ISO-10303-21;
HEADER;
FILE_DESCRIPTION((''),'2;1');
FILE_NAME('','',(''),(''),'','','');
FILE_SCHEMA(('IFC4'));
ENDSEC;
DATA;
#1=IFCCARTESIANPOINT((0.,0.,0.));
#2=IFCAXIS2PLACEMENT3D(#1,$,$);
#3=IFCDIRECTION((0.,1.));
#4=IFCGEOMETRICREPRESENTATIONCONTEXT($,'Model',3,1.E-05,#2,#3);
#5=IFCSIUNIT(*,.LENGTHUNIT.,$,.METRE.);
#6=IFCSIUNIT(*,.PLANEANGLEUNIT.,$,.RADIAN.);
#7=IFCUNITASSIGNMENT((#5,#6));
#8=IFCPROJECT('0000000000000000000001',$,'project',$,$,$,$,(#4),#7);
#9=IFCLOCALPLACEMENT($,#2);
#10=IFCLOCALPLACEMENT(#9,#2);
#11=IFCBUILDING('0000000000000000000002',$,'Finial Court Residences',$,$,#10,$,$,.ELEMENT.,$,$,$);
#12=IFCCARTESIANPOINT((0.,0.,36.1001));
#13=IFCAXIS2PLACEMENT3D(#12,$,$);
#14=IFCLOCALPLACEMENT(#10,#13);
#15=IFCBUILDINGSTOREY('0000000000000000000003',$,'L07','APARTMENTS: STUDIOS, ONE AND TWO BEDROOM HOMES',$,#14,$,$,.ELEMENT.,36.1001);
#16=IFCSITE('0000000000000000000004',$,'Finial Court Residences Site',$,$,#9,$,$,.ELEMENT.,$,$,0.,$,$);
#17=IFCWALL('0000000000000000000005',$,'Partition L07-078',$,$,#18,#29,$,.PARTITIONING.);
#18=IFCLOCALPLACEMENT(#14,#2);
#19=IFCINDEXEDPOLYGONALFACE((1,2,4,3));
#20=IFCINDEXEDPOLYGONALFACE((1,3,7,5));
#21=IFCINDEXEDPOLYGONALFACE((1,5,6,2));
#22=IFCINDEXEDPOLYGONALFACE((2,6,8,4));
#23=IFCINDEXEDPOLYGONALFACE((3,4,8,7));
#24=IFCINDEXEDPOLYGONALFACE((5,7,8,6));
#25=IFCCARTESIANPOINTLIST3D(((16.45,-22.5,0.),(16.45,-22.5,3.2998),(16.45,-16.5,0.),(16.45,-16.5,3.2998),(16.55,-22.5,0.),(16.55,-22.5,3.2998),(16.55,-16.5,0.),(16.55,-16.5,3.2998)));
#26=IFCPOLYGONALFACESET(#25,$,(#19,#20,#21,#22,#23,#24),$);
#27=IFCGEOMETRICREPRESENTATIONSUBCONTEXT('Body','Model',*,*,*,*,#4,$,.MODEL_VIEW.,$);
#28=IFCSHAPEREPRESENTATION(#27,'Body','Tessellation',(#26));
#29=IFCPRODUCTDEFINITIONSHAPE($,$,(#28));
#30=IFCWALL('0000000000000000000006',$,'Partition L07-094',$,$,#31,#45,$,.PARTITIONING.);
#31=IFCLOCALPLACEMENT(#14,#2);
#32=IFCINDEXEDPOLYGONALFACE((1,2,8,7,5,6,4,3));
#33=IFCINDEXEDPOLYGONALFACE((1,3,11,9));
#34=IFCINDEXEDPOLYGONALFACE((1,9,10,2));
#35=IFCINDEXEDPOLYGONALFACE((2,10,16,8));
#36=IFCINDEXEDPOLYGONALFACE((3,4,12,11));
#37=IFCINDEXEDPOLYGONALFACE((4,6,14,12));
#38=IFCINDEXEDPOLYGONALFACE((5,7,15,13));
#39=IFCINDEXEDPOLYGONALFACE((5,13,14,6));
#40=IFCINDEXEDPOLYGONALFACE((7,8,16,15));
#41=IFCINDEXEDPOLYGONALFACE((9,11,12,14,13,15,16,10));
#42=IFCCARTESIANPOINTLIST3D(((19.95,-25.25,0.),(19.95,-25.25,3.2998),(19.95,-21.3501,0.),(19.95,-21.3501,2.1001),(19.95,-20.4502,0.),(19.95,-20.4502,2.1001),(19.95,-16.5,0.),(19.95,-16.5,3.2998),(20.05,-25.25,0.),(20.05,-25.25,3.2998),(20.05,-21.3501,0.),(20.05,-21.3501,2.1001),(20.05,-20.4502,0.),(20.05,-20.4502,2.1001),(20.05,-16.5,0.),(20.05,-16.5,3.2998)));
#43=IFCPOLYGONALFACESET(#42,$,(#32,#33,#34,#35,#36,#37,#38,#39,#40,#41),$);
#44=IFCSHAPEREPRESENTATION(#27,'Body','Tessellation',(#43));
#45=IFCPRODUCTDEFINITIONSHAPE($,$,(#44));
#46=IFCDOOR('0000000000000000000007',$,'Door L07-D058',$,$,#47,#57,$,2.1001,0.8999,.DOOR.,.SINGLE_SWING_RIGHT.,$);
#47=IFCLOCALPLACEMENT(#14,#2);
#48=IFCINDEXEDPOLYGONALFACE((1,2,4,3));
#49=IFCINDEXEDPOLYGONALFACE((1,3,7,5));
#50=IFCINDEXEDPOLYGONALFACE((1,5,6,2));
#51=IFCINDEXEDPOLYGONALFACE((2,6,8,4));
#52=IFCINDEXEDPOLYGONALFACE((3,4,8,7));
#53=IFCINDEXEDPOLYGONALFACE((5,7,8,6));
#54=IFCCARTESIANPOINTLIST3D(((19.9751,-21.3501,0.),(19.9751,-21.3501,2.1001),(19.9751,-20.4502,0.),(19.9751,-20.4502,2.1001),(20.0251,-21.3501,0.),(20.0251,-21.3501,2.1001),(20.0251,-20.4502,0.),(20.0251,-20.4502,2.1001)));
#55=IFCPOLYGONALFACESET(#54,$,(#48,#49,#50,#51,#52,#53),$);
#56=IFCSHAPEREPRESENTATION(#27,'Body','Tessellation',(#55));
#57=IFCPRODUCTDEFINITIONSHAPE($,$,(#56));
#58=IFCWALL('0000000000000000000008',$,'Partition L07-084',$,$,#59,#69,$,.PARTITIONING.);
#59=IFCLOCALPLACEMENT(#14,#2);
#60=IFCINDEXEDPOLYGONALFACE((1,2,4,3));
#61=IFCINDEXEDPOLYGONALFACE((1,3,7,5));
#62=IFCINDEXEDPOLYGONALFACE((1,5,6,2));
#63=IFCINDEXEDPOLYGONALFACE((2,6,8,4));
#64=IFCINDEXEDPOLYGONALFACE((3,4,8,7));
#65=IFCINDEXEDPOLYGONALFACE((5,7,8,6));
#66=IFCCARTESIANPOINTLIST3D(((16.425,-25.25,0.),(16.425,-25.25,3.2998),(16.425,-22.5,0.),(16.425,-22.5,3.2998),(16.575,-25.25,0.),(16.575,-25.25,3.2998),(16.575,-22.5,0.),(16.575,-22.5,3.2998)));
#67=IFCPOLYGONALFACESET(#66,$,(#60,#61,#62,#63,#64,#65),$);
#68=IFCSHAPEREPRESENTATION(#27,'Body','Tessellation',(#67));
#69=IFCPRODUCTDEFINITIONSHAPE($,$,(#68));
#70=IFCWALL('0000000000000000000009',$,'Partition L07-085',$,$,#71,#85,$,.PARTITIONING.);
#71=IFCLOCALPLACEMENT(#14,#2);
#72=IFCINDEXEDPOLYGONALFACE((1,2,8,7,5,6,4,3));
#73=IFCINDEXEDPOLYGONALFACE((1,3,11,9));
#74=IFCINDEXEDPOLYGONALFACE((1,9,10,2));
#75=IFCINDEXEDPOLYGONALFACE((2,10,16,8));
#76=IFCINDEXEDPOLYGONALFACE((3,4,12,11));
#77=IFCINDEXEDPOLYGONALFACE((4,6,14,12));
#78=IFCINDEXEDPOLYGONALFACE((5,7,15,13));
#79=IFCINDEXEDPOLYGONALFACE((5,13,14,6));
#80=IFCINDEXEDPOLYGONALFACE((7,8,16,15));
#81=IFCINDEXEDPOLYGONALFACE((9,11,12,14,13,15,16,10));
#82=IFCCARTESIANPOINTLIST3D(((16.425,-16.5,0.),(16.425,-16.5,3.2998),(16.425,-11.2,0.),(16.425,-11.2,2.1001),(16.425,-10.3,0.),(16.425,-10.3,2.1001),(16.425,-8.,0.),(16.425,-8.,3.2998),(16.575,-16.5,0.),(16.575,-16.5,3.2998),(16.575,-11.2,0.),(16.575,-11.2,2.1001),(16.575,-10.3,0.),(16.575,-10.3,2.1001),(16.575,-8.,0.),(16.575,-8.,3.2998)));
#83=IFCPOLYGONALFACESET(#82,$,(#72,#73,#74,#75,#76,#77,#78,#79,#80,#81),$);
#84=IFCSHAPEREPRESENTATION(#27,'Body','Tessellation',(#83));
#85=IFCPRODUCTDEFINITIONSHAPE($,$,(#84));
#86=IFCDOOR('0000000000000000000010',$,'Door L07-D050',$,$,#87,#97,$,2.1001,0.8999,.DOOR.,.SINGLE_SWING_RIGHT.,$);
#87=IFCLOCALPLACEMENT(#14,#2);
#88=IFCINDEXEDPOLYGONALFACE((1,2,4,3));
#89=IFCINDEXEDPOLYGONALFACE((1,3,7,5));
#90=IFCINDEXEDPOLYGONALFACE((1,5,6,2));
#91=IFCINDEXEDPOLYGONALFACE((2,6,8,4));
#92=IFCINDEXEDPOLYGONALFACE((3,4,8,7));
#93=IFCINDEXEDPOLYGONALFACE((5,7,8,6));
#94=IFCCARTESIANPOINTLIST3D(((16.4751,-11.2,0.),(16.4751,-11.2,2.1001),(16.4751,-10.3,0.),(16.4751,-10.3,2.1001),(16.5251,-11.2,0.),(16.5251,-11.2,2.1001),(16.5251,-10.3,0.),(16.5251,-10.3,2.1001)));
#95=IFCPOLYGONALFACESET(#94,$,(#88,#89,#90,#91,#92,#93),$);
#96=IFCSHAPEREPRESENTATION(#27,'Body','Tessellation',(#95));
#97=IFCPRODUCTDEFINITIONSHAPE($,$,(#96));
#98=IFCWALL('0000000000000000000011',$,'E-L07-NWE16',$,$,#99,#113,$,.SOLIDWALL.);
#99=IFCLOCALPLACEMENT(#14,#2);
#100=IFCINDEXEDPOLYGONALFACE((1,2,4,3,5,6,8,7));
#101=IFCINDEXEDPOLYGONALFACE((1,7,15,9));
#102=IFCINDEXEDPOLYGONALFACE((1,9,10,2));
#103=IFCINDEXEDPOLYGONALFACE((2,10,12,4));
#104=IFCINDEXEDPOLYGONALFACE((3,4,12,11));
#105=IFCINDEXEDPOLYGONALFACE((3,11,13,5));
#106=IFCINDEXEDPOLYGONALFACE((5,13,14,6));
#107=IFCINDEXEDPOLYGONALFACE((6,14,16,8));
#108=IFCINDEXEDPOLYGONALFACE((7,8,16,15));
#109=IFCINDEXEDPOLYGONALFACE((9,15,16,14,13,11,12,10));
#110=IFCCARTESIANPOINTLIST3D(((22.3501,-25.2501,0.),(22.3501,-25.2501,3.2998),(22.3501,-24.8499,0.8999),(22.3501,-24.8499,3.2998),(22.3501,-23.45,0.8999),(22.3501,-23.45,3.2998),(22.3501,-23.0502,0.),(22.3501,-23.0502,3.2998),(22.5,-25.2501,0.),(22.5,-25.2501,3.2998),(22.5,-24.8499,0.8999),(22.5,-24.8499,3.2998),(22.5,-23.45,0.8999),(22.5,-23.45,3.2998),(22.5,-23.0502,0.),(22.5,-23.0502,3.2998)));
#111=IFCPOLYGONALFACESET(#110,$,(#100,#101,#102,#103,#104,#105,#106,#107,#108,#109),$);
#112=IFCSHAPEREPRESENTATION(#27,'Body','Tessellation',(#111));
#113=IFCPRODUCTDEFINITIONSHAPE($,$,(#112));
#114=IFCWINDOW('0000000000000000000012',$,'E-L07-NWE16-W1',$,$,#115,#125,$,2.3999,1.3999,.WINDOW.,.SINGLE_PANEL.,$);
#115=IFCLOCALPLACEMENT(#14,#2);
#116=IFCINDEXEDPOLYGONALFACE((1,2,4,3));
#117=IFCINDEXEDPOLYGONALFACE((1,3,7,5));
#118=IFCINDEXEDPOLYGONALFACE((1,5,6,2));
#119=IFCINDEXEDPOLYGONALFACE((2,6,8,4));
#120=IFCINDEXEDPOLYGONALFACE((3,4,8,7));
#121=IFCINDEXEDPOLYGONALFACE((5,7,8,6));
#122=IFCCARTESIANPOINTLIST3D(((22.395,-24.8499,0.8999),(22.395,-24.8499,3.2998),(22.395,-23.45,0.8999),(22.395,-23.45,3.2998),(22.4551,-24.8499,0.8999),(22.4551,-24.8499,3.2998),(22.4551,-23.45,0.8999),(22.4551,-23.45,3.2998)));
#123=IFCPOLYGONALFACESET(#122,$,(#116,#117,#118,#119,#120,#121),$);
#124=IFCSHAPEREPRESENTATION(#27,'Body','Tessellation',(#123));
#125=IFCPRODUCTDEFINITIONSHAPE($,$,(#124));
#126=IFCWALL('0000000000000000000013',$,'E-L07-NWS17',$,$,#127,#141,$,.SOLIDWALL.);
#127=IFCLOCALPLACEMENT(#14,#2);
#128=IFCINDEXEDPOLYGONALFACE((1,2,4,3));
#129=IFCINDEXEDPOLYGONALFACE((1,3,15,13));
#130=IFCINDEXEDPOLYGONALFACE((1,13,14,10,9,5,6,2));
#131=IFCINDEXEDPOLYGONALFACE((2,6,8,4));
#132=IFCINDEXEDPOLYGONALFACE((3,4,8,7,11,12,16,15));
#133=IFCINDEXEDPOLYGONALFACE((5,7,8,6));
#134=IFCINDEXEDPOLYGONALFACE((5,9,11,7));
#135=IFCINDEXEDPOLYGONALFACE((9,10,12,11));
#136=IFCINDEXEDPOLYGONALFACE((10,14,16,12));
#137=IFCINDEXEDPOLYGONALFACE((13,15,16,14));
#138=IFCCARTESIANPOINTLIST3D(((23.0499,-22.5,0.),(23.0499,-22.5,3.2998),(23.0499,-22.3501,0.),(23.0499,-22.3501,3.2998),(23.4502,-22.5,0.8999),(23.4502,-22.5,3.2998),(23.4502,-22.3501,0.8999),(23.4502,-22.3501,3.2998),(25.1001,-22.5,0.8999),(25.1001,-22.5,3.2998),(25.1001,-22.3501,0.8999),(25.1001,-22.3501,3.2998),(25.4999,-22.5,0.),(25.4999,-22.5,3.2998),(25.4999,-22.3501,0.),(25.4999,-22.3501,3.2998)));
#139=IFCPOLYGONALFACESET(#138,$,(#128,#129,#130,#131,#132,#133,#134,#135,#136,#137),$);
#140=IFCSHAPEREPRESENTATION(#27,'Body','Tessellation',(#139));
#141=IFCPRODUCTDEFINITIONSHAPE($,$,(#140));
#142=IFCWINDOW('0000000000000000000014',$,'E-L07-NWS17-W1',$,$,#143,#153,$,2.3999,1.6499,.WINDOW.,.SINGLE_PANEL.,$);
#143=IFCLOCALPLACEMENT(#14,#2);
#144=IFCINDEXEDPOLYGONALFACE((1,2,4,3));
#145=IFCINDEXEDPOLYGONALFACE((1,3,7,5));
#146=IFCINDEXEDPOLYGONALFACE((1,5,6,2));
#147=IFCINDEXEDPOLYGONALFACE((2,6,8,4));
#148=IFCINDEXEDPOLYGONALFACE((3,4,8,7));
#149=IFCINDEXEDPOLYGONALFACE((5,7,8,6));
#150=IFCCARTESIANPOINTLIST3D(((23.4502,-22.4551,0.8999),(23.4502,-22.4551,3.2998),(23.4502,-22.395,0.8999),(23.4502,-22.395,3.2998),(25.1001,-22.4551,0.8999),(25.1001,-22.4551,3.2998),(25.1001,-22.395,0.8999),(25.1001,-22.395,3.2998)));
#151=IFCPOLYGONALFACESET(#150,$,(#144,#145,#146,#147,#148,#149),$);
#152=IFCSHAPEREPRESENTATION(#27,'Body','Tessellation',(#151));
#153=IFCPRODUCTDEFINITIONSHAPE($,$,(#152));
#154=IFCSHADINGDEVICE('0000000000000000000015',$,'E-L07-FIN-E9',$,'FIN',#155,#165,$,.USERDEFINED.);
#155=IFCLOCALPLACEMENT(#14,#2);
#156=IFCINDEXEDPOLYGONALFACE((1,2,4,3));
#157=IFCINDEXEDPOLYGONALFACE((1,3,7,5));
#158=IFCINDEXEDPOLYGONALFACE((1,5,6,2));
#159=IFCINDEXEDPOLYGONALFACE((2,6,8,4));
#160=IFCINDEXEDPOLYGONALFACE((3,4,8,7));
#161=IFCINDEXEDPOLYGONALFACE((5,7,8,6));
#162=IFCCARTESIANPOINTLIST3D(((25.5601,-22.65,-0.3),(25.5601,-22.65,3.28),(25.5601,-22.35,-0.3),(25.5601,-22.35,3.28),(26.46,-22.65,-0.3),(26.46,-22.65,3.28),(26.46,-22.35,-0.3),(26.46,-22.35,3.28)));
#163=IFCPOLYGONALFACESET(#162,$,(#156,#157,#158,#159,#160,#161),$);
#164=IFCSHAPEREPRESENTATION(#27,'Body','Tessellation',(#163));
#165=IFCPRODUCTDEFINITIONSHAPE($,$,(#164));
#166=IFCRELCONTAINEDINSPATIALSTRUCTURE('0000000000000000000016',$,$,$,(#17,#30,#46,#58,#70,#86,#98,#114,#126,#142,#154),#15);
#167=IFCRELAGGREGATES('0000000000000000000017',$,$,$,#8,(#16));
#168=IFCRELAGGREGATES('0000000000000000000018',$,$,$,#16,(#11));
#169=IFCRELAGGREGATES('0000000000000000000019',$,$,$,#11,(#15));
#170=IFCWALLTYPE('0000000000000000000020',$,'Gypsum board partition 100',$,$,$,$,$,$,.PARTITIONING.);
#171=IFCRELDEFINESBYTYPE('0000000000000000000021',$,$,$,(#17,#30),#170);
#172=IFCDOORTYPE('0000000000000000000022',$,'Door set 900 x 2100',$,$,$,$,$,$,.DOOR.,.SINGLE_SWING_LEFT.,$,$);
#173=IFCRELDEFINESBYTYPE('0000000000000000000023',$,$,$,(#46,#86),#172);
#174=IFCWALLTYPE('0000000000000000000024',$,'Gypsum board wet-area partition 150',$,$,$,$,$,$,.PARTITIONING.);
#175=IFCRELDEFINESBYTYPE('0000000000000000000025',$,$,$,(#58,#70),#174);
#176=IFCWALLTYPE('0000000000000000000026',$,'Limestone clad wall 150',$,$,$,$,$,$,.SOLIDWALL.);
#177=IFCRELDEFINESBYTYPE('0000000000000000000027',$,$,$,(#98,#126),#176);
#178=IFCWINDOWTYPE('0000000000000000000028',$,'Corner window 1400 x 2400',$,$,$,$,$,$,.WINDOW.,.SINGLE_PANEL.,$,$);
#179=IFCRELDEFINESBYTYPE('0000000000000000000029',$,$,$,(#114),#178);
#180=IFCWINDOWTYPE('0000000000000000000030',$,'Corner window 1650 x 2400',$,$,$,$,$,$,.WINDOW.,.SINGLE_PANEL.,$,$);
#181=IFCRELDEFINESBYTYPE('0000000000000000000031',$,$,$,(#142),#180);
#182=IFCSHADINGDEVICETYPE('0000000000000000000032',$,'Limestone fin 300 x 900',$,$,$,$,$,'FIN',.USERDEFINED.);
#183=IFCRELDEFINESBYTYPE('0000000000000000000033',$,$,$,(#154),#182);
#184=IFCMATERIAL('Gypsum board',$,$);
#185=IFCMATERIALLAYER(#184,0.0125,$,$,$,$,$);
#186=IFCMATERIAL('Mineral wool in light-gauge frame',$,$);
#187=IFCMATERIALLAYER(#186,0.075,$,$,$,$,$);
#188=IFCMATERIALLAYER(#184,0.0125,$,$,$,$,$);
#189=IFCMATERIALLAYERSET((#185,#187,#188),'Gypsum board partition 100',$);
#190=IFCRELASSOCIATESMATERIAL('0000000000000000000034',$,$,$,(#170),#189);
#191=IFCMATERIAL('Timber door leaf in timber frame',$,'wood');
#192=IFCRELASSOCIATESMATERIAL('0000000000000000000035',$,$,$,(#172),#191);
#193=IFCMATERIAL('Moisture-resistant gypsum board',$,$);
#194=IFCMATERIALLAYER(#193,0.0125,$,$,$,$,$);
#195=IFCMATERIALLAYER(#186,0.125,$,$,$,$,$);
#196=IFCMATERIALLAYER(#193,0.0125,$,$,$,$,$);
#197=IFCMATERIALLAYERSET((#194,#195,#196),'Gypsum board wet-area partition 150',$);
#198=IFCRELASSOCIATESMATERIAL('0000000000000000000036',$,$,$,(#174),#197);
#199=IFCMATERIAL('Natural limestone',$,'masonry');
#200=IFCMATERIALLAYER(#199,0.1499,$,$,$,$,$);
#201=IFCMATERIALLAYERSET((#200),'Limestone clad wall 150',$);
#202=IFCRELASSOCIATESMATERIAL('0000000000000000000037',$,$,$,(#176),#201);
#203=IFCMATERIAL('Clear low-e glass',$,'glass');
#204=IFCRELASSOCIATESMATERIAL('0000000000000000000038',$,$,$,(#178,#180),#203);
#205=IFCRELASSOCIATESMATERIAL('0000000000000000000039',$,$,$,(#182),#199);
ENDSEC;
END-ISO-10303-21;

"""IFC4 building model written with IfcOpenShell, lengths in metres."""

from ifc_helpers import new_model, si_unit, direction, frame, frame_2d, origin, origin_2d, place, context, subcontext, project, spatial, rectangle, extrude, material, layer, layer_set, type_object, element, fill, save


model = new_model("IFC4")

# Units and contexts
model_context = context("Model", 3, precision=1e-05, world=origin(), true_north=direction((0.0, 1.0)))
body_context = subcontext(model_context, "Body", "Model", "MODEL_VIEW")
ifc_project = project(units=[si_unit("LENGTHUNIT", "METRE"), si_unit("PLANEANGLEUNIT", "RADIAN")], contexts=[model_context])

# Site, building, storey
site_placement = place(None, origin())
site = spatial("IfcSite", under=ifc_project, at=site_placement, Name="Finial Court Residences Site", CompositionType="ELEMENT", RefElevation=0.0)
building_placement = place(site_placement, origin())
building = spatial("IfcBuilding", under=site, at=building_placement, Name="Finial Court Residences", CompositionType="ELEMENT")
storey_placement = place(building_placement, frame((0.0, 0.0, 36.1001)))
storey = spatial("IfcBuildingStorey", under=building, at=storey_placement, Name="L07", Description="APARTMENTS: STUDIOS, ONE AND TWO BEDROOM HOMES", CompositionType="ELEMENT", Elevation=36.1001)

# Shared definitions
ifc_material_1 = material(Name="Clear low-e glass", Category="glass")

# Wall
ifc_material_2 = material(Name="Gypsum board")
ifc_layer_1 = layer(ifc_material_2, 0.0125)
ifc_material_3 = material(Name="Mineral wool in light-gauge frame")
ifc_layer_2 = layer(ifc_material_3, 0.075)
ifc_layer_3 = layer(ifc_material_2, 0.0125)
ifc_layer_set_1 = layer_set([ifc_layer_1, ifc_layer_2, ifc_layer_3], Name="Gypsum board partition 100")
wall_type_1 = type_object("IfcWallType", Name="Gypsum board partition 100", PredefinedType="PARTITIONING", material=ifc_layer_set_1)
wall_1_placement = place(storey_placement, frame((16.5, -22.5, 0.0), z_axis=(0.0, 0.0, 1.0), x_axis=(0.0, 1.0, 0.0)))
element("IfcWall", 1, at=wall_1_placement, inside=storey, type_object=wall_type_1, Name="Partition L07-078", PredefinedType="PARTITIONING", context=body_context, shape_type="SweptSolid", body=[
    extrude(rectangle(XDim=6.0, YDim=0.1001, at=frame_2d((3.0, 0.0))), origin(), (0.0, 0.0, 1.0), 3.2998),
])

# Wall, opening, door
wall_2_placement = place(storey_placement, frame((20.0, -25.25, 0.0), z_axis=(0.0, 0.0, 1.0), x_axis=(0.0, 1.0, 0.0)))
wall_2 = element("IfcWall", 2, at=wall_2_placement, inside=storey, type_object=wall_type_1, Name="Partition L07-094", PredefinedType="PARTITIONING", context=body_context, shape_type="SweptSolid", body=[
    extrude(rectangle(XDim=8.75, YDim=0.1001, at=frame_2d((4.375, 0.0))), origin(), (0.0, 0.0, 1.0), 3.2998),
])
opening_1_placement = place(wall_2_placement, frame((3.8999, 0.0, 0.0)))
opening_1 = element("IfcOpeningElement", 3, at=opening_1_placement, cuts=wall_2, PredefinedType="OPENING", context=body_context, shape_type="SweptSolid", body=[
    extrude(rectangle(XDim=0.8999, YDim=2.1001, at=frame_2d((0.45, 1.05))), frame((0.0, 0.0601, 0.0), z_axis=(0.0, -1.0, 0.0), x_axis=(1.0, 0.0, 0.0)), (0.0, 0.0, 1.0), 0.1201),
])
ifc_material_4 = material(Name="Timber door leaf in timber frame", Category="wood")
door_type = type_object("IfcDoorType", Name="Door set 900 x 2100", OperationType="SINGLE_SWING_LEFT", PredefinedType="DOOR", material=ifc_material_4)
door_1_placement = place(opening_1_placement, origin())
door_1 = element("IfcDoor", 4, at=door_1_placement, inside=storey, type_object=door_type, Name="Door L07-D058", OperationType="SINGLE_SWING_RIGHT", OverallHeight=2.1001, OverallWidth=0.8999, PredefinedType="DOOR", context=body_context, shape_type="SweptSolid", body=[
    extrude(rectangle(XDim=0.8999, YDim=2.1001, at=frame_2d((0.45, 1.05))), frame((0.0, 0.0249, 0.0), z_axis=(0.0, -1.0, 0.0), x_axis=(1.0, 0.0, 0.0)), (0.0, 0.0, 1.0), 0.05),
])
fill(opening_1, door_1)

# Wall
ifc_material_5 = material(Name="Moisture-resistant gypsum board")
ifc_layer_4 = layer(ifc_material_5, 0.0125)
ifc_layer_5 = layer(ifc_material_3, 0.125)
ifc_layer_6 = layer(ifc_material_5, 0.0125)
ifc_layer_set_2 = layer_set([ifc_layer_4, ifc_layer_5, ifc_layer_6], Name="Gypsum board wet-area partition 150")
wall_type_2 = type_object("IfcWallType", Name="Gypsum board wet-area partition 150", PredefinedType="PARTITIONING", material=ifc_layer_set_2)
wall_3_placement = place(storey_placement, frame((16.5, -25.25, 0.0), z_axis=(0.0, 0.0, 1.0), x_axis=(0.0, 1.0, 0.0)))
element("IfcWall", 5, at=wall_3_placement, inside=storey, type_object=wall_type_2, Name="Partition L07-084", PredefinedType="PARTITIONING", context=body_context, shape_type="SweptSolid", body=[
    extrude(rectangle(XDim=2.75, YDim=0.1499, at=frame_2d((1.375, 0.0))), origin(), (0.0, 0.0, 1.0), 3.2998),
])

# Wall, opening, door
wall_4_placement = place(storey_placement, frame((16.5, -16.5, 0.0), z_axis=(0.0, 0.0, 1.0), x_axis=(0.0, 1.0, 0.0)))
wall_4 = element("IfcWall", 6, at=wall_4_placement, inside=storey, type_object=wall_type_2, Name="Partition L07-085", PredefinedType="PARTITIONING", context=body_context, shape_type="SweptSolid", body=[
    extrude(rectangle(XDim=8.5, YDim=0.1499, at=frame_2d((4.25, 0.0))), origin(), (0.0, 0.0, 1.0), 3.2998),
])
opening_2_placement = place(wall_4_placement, frame((5.3, 0.0, 0.0)))
opening_2 = element("IfcOpeningElement", 7, at=opening_2_placement, cuts=wall_4, PredefinedType="OPENING", context=body_context, shape_type="SweptSolid", body=[
    extrude(rectangle(XDim=0.8999, YDim=2.1001, at=frame_2d((0.45, 1.05))), frame((0.0, 0.085, 0.0), z_axis=(0.0, -1.0, 0.0), x_axis=(1.0, 0.0, 0.0)), (0.0, 0.0, 1.0), 0.1699),
])
door_2_placement = place(opening_2_placement, origin())
door_2 = element("IfcDoor", 8, at=door_2_placement, inside=storey, type_object=door_type, Name="Door L07-D050", OperationType="SINGLE_SWING_RIGHT", OverallHeight=2.1001, OverallWidth=0.8999, PredefinedType="DOOR", context=body_context, shape_type="SweptSolid", body=[
    extrude(rectangle(XDim=0.8999, YDim=2.1001, at=frame_2d((0.45, 1.05))), frame((0.0, 0.0249, 0.0), z_axis=(0.0, -1.0, 0.0), x_axis=(1.0, 0.0, 0.0)), (0.0, 0.0, 1.0), 0.05),
])
fill(opening_2, door_2)

# Walls, openings, windows
ifc_material_6 = material(Name="Natural limestone", Category="masonry")
ifc_layer_7 = layer(ifc_material_6, 0.1499)
ifc_layer_set_3 = layer_set([ifc_layer_7], Name="Limestone clad wall 150")
wall_type_3 = type_object("IfcWallType", Name="Limestone clad wall 150", PredefinedType="SOLIDWALL", material=ifc_layer_set_3)
wall_5_placement = place(storey_placement, frame((22.425, -23.05, 0.0), z_axis=(0.0, 0.0, 1.0), x_axis=(0.0, -1.0, 0.0)))
wall_5 = element("IfcWall", 9, at=wall_5_placement, inside=storey, type_object=wall_type_3, Name="E-L07-NWE16", PredefinedType="SOLIDWALL", context=body_context, shape_type="SweptSolid", body=[
    extrude(rectangle(XDim=2.2, YDim=0.1499, at=frame_2d((1.1001, 0.0))), origin(), (0.0, 0.0, 1.0), 3.2998),
])
opening_3_placement = place(wall_5_placement, frame((0.3999, 0.0, 0.8999)))
opening_3 = element("IfcOpeningElement", 10, at=opening_3_placement, cuts=wall_5, PredefinedType="OPENING", context=body_context, shape_type="SweptSolid", body=[
    extrude(rectangle(XDim=1.3999, YDim=2.3999, at=frame_2d((0.7, 1.2))), frame((0.0, 0.085, 0.0), z_axis=(0.0, -1.0, 0.0), x_axis=(1.0, 0.0, 0.0)), (0.0, 0.0, 1.0), 0.1699),
])
window_type_1 = type_object("IfcWindowType", Name="Corner window 1400 x 2400", PartitioningType="SINGLE_PANEL", PredefinedType="WINDOW", material=ifc_material_1)
window_1_placement = place(opening_3_placement, origin())
window_1 = element("IfcWindow", 11, at=window_1_placement, inside=storey, type_object=window_type_1, Name="E-L07-NWE16-W1", OverallHeight=2.3999, OverallWidth=1.3999, PartitioningType="SINGLE_PANEL", PredefinedType="WINDOW", context=body_context, shape_type="SweptSolid", body=[
    extrude(rectangle(XDim=1.3999, YDim=2.3999, at=frame_2d((0.7, 1.2))), frame((0.0, 0.03, 0.0), z_axis=(0.0, -1.0, 0.0), x_axis=(1.0, 0.0, 0.0)), (0.0, 0.0, 1.0), 0.0601),
])
fill(opening_3, window_1)
wall_6_placement = place(storey_placement, frame((25.5, -22.425, 0.0), z_axis=(0.0, 0.0, 1.0), x_axis=(-1.0, 0.0, 0.0)))
wall_6 = element("IfcWall", 12, at=wall_6_placement, inside=storey, type_object=wall_type_3, Name="E-L07-NWS17", PredefinedType="SOLIDWALL", context=body_context, shape_type="SweptSolid", body=[
    extrude(rectangle(XDim=2.45, YDim=0.1499, at=frame_2d((1.2251, 0.0))), origin(), (0.0, 0.0, 1.0), 3.2998),
])
opening_4_placement = place(wall_6_placement, frame((0.3999, 0.0, 0.8999)))
opening_4 = element("IfcOpeningElement", 13, at=opening_4_placement, cuts=wall_6, PredefinedType="OPENING", context=body_context, shape_type="SweptSolid", body=[
    extrude(rectangle(XDim=1.6499, YDim=2.3999, at=frame_2d((0.825, 1.2))), frame((0.0, 0.085, 0.0), z_axis=(0.0, -1.0, 0.0), x_axis=(1.0, 0.0, 0.0)), (0.0, 0.0, 1.0), 0.1699),
])
window_type_2 = type_object("IfcWindowType", Name="Corner window 1650 x 2400", PartitioningType="SINGLE_PANEL", PredefinedType="WINDOW", material=ifc_material_1)
window_2_placement = place(opening_4_placement, origin())
window_2 = element("IfcWindow", 14, at=window_2_placement, inside=storey, type_object=window_type_2, Name="E-L07-NWS17-W1", OverallHeight=2.3999, OverallWidth=1.6499, PartitioningType="SINGLE_PANEL", PredefinedType="WINDOW", context=body_context, shape_type="SweptSolid", body=[
    extrude(rectangle(XDim=1.6499, YDim=2.3999, at=frame_2d((0.825, 1.2))), frame((0.0, 0.03, 0.0), z_axis=(0.0, -1.0, 0.0), x_axis=(1.0, 0.0, 0.0)), (0.0, 0.0, 1.0), 0.0601),
])
fill(opening_4, window_2)

# Shading device
shading_device_type = type_object("IfcShadingDeviceType", Name="Limestone fin 300 x 900", ElementType="FIN", PredefinedType="USERDEFINED", material=ifc_material_6)
shading_device_placement = place(storey_placement, frame((26.01, -22.5, -0.3), z_axis=(0.0, 0.0, 1.0), x_axis=(1.0, 0.0, 0.0)))
element("IfcShadingDevice", 15, at=shading_device_placement, inside=storey, type_object=shading_device_type, Name="E-L07-FIN-E9", ObjectType="FIN", PredefinedType="USERDEFINED", context=body_context, shape_type="SweptSolid", body=[
    extrude(rectangle(XDim=0.8999, YDim=0.3, at=origin_2d()), origin(), (0.0, 0.0, 1.0), 3.5801),
])

save(model, "model.ifc")
